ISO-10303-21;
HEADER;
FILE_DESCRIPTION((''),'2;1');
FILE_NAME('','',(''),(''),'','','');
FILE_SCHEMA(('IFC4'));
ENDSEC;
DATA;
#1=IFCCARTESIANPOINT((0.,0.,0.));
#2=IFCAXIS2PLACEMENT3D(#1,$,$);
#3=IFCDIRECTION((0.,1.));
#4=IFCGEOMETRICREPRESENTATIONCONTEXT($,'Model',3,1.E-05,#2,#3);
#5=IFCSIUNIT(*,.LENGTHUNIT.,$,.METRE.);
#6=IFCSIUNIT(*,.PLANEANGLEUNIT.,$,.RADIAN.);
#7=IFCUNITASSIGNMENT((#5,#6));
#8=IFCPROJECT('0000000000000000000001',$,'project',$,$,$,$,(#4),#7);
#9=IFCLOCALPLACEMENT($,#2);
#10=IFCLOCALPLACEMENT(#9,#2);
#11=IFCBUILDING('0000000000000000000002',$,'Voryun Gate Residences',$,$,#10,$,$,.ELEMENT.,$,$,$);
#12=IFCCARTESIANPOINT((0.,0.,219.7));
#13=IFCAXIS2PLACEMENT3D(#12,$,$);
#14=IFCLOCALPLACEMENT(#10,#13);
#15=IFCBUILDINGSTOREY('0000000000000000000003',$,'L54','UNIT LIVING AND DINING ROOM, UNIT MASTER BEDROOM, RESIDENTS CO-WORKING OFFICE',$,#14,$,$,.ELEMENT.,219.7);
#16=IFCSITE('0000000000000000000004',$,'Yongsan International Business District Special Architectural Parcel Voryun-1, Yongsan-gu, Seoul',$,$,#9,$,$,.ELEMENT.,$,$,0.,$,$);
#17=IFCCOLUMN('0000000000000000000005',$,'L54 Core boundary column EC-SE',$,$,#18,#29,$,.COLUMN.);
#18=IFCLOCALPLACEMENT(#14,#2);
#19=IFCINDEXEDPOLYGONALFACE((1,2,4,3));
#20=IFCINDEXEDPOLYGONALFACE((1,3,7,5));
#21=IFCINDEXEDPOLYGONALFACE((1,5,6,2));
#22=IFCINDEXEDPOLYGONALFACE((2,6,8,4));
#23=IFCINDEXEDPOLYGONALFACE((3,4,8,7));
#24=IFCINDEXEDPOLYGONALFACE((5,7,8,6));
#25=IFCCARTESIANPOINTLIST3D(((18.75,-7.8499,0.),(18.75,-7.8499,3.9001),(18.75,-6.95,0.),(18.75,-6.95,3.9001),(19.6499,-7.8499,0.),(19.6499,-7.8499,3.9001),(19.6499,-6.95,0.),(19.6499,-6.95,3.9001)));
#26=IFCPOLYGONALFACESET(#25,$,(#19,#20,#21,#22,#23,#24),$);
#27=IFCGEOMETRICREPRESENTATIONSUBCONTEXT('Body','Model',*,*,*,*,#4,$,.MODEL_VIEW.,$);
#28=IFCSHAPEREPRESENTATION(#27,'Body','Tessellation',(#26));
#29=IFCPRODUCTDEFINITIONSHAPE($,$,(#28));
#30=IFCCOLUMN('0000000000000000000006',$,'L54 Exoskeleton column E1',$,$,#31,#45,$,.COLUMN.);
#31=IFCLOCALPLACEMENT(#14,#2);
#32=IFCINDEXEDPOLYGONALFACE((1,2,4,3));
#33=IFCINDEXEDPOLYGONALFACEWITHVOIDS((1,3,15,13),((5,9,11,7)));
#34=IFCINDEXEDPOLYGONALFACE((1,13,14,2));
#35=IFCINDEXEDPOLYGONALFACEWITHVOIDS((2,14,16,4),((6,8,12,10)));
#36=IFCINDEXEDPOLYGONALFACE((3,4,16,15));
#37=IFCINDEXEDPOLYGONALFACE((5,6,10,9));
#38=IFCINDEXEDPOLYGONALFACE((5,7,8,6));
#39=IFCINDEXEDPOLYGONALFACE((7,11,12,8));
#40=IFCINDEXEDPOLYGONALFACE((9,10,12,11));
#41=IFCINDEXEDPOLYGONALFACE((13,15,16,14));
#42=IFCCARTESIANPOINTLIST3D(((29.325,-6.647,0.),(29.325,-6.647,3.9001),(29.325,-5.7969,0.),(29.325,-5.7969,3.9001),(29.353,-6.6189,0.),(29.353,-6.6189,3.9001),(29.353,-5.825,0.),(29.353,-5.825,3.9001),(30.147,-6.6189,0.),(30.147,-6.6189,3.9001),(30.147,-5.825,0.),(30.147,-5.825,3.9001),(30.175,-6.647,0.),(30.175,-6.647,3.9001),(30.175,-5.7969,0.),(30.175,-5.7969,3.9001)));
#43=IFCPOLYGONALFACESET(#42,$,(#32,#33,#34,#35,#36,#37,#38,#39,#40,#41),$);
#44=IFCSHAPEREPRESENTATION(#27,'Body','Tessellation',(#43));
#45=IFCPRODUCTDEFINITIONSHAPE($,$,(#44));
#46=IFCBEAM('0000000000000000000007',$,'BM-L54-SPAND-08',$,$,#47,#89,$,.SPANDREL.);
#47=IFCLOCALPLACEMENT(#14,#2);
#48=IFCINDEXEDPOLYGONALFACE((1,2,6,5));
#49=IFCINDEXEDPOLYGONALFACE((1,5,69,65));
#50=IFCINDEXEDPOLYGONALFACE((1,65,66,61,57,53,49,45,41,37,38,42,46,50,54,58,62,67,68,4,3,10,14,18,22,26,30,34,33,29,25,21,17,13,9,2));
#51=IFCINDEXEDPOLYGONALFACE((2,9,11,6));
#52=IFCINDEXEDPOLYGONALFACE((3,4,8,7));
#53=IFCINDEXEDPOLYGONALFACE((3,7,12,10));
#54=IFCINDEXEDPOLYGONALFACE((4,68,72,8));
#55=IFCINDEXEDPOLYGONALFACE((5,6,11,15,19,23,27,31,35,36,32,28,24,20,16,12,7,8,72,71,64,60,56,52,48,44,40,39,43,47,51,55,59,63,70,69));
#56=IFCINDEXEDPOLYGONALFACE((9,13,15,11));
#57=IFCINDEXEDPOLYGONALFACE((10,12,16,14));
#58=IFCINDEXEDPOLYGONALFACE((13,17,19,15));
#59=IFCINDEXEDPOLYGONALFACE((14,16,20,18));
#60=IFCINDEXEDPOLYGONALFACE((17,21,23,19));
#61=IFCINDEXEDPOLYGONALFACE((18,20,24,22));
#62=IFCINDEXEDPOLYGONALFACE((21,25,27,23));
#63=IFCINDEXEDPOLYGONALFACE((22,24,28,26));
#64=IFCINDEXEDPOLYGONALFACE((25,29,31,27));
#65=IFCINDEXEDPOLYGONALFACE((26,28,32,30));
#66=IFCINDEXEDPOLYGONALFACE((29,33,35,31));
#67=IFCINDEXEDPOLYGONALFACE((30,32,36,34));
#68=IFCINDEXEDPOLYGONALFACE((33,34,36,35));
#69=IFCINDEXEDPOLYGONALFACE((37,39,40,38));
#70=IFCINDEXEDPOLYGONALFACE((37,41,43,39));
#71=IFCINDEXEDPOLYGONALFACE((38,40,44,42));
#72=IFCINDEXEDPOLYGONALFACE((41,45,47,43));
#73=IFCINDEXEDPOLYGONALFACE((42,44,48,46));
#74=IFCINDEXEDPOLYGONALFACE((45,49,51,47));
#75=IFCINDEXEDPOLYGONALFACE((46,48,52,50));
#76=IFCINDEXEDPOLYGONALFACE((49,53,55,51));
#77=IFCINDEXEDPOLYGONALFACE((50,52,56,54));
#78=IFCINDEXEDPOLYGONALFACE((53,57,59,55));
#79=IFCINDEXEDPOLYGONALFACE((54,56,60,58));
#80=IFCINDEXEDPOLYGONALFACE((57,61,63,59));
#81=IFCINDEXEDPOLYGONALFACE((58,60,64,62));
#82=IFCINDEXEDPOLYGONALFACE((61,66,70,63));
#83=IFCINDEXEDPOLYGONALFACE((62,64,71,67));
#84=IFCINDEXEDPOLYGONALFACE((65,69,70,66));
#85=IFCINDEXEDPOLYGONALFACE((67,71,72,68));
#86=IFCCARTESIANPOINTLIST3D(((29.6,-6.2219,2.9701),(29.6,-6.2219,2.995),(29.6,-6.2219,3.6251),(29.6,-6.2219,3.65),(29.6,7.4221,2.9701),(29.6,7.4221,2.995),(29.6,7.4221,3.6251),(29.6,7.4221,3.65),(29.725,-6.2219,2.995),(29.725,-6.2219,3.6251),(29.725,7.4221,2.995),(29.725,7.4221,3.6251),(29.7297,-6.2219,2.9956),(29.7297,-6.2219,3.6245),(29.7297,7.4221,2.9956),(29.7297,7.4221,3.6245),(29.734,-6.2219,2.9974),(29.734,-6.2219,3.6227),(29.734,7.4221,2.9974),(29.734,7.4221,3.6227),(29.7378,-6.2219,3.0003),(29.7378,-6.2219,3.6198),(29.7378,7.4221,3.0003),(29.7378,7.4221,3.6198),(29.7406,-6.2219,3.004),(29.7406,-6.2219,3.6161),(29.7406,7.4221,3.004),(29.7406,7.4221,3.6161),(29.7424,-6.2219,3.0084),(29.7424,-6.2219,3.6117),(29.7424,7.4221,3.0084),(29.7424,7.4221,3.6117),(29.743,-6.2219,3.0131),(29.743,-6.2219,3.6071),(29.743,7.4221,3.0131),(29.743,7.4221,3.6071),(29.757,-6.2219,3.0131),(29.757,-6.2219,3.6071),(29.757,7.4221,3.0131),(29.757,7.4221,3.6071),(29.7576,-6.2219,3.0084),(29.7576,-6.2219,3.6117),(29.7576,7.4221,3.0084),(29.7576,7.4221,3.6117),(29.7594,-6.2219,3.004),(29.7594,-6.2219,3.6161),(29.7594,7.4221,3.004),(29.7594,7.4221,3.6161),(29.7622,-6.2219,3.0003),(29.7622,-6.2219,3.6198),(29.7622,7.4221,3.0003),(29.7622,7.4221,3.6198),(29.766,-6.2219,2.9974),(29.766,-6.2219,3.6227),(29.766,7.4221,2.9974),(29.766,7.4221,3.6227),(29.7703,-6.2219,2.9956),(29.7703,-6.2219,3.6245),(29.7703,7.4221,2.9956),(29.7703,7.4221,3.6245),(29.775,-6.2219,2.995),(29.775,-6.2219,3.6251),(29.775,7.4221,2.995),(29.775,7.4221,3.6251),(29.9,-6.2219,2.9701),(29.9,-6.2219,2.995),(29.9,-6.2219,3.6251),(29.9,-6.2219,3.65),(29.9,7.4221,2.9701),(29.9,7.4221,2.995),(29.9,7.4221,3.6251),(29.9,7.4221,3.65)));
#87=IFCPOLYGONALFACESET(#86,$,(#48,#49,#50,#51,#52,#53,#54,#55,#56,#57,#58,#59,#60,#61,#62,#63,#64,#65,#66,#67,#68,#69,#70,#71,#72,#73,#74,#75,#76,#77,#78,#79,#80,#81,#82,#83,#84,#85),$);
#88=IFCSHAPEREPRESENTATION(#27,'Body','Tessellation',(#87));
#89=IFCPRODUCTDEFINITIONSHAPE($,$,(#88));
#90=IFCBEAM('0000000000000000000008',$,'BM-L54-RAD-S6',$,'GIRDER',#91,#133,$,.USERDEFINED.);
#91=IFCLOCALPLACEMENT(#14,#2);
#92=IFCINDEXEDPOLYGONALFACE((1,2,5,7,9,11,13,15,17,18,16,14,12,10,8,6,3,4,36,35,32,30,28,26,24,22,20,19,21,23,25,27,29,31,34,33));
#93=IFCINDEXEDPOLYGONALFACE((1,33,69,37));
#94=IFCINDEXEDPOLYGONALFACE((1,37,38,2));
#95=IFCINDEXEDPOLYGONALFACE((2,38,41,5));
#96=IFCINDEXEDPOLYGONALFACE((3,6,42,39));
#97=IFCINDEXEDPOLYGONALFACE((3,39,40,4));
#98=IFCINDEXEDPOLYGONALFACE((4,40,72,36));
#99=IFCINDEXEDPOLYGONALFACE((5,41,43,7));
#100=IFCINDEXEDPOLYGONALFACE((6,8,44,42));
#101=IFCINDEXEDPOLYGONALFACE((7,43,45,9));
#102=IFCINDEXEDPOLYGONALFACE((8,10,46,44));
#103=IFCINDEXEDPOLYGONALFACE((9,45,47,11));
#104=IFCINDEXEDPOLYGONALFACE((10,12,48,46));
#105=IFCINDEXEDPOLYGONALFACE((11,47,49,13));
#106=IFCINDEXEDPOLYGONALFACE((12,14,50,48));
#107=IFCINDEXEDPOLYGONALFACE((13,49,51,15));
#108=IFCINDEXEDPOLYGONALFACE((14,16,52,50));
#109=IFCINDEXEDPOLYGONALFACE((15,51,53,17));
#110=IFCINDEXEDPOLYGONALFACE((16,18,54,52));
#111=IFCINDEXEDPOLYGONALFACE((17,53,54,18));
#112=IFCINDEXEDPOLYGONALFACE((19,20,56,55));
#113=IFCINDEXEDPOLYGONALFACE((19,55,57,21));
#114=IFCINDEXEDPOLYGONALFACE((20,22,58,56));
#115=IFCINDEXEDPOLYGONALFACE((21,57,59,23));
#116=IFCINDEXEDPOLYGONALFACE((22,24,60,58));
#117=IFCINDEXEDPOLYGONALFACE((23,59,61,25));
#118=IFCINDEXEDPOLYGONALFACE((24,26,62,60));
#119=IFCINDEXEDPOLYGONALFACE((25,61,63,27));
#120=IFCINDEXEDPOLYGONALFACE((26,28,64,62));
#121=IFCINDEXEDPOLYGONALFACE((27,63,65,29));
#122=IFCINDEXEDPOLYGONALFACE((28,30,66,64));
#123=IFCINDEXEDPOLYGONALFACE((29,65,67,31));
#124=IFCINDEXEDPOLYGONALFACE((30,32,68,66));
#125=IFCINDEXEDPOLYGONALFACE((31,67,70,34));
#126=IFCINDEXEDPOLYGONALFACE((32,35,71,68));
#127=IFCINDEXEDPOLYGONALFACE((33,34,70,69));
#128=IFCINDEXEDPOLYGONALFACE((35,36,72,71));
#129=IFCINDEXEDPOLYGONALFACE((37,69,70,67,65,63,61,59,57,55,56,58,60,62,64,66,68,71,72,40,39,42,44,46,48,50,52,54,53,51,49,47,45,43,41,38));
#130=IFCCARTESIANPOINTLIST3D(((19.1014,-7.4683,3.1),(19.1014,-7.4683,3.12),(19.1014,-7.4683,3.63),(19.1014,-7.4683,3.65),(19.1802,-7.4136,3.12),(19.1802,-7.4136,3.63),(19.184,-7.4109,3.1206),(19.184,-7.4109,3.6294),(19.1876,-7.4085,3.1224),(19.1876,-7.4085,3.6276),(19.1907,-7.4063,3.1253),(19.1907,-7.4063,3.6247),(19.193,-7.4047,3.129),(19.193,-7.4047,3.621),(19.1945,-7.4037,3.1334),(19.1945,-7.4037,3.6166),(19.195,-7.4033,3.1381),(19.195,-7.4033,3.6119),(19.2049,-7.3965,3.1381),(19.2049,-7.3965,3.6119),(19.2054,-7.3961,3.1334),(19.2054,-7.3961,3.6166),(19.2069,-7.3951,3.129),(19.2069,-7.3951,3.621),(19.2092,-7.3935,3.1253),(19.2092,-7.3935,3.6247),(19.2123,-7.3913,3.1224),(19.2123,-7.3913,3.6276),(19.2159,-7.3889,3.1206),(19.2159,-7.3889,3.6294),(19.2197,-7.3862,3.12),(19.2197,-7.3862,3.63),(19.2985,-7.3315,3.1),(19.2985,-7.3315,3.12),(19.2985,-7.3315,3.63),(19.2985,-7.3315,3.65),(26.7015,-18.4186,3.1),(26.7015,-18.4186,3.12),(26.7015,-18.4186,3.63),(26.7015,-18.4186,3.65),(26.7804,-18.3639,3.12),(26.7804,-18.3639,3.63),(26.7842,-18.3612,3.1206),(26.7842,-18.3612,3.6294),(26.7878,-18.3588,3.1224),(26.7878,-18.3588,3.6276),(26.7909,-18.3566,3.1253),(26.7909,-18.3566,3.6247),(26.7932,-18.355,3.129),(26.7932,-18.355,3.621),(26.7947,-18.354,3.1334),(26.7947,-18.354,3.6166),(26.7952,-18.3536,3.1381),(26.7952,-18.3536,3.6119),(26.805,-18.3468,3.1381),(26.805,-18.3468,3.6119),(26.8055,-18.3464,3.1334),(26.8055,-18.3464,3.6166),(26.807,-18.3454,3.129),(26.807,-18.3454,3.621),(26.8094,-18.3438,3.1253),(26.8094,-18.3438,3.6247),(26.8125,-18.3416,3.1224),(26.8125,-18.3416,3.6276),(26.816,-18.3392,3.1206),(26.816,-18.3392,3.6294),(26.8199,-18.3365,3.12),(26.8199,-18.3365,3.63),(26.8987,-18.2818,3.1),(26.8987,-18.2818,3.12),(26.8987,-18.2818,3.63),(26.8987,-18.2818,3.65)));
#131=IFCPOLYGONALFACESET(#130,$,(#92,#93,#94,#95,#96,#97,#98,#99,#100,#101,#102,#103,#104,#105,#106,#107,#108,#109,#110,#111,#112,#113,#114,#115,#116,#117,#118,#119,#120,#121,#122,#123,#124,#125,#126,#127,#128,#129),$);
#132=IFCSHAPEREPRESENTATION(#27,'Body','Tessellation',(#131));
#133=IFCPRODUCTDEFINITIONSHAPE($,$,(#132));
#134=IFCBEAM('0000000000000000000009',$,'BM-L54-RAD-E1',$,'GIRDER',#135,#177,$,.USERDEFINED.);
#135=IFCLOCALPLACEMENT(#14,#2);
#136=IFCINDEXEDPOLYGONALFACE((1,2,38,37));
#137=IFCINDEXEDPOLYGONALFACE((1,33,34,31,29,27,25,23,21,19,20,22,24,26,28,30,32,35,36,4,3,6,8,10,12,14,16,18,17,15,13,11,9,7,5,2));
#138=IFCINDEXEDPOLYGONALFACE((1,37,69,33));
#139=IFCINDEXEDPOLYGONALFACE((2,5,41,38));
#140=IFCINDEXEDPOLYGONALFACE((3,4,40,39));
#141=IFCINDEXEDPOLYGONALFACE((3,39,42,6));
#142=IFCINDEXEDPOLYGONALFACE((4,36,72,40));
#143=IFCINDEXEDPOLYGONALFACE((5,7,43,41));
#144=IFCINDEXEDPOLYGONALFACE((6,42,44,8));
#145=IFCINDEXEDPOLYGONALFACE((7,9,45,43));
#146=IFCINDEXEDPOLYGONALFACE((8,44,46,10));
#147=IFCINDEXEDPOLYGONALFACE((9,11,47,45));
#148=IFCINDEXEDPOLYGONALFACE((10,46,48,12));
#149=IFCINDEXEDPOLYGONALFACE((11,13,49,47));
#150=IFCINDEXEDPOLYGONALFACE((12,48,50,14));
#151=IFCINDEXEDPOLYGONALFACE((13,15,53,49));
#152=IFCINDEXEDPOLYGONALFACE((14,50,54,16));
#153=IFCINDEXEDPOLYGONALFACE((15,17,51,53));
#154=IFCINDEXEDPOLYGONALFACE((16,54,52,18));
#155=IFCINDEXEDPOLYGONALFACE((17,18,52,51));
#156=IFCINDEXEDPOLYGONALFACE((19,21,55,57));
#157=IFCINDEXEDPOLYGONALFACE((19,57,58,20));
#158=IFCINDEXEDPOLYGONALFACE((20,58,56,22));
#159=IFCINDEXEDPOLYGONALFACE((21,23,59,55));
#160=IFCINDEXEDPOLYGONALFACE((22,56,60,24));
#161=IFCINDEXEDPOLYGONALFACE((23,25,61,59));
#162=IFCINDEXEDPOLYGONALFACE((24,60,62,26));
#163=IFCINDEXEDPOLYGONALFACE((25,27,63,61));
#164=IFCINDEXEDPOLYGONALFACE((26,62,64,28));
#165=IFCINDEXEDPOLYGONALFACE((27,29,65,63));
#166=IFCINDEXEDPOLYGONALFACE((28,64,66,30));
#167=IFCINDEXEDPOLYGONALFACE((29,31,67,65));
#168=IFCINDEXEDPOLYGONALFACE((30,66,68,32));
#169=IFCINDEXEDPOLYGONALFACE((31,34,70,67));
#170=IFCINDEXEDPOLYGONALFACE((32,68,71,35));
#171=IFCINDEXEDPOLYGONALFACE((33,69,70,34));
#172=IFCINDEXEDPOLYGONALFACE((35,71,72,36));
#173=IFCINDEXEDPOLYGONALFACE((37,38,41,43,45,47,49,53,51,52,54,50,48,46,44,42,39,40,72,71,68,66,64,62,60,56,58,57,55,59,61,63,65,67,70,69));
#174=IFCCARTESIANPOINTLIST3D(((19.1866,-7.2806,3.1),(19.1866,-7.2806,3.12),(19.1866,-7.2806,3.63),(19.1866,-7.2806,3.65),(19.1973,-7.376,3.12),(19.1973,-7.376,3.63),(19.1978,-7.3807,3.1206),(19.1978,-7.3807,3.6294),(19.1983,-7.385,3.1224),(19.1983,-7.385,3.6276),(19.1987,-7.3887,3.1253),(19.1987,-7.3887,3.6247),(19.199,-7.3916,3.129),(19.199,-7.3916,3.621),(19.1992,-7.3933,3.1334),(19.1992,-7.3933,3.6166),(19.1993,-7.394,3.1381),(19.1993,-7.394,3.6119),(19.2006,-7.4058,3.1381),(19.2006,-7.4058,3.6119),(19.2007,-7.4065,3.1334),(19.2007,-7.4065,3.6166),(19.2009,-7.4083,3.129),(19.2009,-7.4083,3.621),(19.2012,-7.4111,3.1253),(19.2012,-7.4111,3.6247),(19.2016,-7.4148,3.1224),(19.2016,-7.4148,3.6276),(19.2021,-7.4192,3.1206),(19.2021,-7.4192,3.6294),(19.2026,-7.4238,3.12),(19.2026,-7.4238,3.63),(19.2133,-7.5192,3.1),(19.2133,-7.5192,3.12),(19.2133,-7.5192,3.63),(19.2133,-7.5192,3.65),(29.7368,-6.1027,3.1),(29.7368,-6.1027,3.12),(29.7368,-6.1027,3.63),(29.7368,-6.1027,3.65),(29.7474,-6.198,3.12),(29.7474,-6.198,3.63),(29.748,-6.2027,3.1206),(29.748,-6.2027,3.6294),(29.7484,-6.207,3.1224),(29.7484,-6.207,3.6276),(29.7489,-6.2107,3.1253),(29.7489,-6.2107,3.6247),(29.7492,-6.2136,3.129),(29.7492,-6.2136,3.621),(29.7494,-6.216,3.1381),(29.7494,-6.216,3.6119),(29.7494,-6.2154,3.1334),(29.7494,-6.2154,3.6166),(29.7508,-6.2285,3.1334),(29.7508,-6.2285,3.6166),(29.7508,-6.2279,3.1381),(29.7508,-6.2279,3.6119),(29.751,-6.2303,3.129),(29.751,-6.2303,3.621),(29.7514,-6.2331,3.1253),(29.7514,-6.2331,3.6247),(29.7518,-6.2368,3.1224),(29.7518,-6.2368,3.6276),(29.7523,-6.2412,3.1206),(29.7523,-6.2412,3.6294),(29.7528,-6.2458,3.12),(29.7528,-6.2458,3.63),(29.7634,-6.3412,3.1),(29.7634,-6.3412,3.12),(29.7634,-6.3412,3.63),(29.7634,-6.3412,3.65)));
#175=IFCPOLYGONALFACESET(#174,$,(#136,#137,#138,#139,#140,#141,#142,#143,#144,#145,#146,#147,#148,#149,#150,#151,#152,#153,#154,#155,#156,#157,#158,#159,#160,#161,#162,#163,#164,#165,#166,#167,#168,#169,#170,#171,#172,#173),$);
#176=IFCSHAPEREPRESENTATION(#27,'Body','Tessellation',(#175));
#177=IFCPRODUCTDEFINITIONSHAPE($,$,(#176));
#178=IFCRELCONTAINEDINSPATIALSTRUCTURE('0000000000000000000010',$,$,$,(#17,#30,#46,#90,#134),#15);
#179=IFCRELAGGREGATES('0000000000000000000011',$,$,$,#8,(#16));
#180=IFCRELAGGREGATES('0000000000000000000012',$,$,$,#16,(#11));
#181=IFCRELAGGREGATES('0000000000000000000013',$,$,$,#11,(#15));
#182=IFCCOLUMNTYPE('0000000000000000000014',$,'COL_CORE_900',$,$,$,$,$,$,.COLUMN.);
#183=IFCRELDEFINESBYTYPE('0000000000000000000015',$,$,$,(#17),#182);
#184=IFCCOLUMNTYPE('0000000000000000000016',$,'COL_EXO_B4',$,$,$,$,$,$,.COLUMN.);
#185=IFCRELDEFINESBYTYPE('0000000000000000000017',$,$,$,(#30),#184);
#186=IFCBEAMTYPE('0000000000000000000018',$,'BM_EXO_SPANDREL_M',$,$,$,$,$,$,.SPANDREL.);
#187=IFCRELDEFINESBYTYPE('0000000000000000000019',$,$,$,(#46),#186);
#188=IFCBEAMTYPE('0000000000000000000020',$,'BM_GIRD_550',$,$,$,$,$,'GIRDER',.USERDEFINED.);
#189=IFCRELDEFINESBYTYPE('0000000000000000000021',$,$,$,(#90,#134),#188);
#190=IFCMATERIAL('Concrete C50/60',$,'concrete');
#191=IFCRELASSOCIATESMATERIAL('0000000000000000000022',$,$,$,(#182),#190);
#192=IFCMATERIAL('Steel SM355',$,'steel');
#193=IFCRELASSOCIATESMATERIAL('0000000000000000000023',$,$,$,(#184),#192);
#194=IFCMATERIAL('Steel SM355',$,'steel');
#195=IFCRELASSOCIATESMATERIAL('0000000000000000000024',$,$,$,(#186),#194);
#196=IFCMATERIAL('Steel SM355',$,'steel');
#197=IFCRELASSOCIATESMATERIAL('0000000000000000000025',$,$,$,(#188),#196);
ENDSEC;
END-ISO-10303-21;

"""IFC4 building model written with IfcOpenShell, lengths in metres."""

from ifc_helpers import new_model, si_unit, direction, frame, origin, origin_2d, place, context, subcontext, project, spatial, rectangle, hollow_rectangle, i_section, extrude, material, material_profile, profile_set, type_object, element, save


model = new_model("IFC4")

# Units and contexts
model_context = context("Model", 3, precision=1e-05, world=origin(), true_north=direction((0.0, 1.0)))
body_context = subcontext(model_context, "Body", "Model", "MODEL_VIEW")
ifc_project = project(units=[si_unit("LENGTHUNIT", "METRE"), si_unit("PLANEANGLEUNIT", "RADIAN")], contexts=[model_context])

# Site, building, storey
site_placement = place(None, origin())
site = spatial("IfcSite", under=ifc_project, at=site_placement, Name="Yongsan International Business District Special Architectural Parcel Voryun-1, Yongsan-gu, Seoul", CompositionType="ELEMENT", RefElevation=0.0)
building_placement = place(site_placement, origin())
building = spatial("IfcBuilding", under=site, at=building_placement, Name="Voryun Gate Residences", CompositionType="ELEMENT")
storey_placement = place(building_placement, frame((0.0, 0.0, 219.7)))
storey = spatial("IfcBuildingStorey", under=building, at=storey_placement, Name="L54", Description="UNIT LIVING AND DINING ROOM, UNIT MASTER BEDROOM, RESIDENTS CO-WORKING OFFICE", CompositionType="ELEMENT", Elevation=219.7)

# Columns
ifc_material_1 = material(Name="Concrete C50/60", Category="concrete")
ifc_material_profile_1 = material_profile(ifc_material_1, rectangle(XDim=0.8999, YDim=0.8999, at=origin_2d()), Name="RC-900x900")
ifc_profile_set_1 = profile_set([ifc_material_profile_1], Name="Concrete C50/60")
column_type_1 = type_object("IfcColumnType", Name="COL_CORE_900", PredefinedType="COLUMN", material=ifc_profile_set_1)
column_1_placement = place(storey_placement, frame((19.2, -7.3999, 0.0), z_axis=(0.0, 0.0, 1.0), x_axis=(1.0, 0.0, 0.0)))
element("IfcColumn", 1, at=column_1_placement, inside=storey, type_object=column_type_1, Name="L54 Core boundary column EC-SE", PredefinedType="COLUMN", context=body_context, shape_type="SweptSolid", body=[
    extrude(rectangle(XDim=0.8999, YDim=0.8999, at=origin_2d()), origin(), (0.0, 0.0, 1.0), 3.9001),
])
ifc_material_2 = material(Name="Steel SM355", Category="steel")
ifc_material_profile_2 = material_profile(ifc_material_2, hollow_rectangle(XDim=0.8501, YDim=0.8501, WallThickness=0.0281, at=origin_2d()), Name="BOX-850x850x28")
ifc_profile_set_2 = profile_set([ifc_material_profile_2], Name="Steel SM355")
column_type_2 = type_object("IfcColumnType", Name="COL_EXO_B4", PredefinedType="COLUMN", material=ifc_profile_set_2)
column_2_placement = place(storey_placement, frame((29.75, -6.2219, 0.0), z_axis=(0.0, 0.0, 1.0), x_axis=(1.0, 0.0, 0.0)))
element("IfcColumn", 2, at=column_2_placement, inside=storey, type_object=column_type_2, Name="L54 Exoskeleton column E1", PredefinedType="COLUMN", context=body_context, shape_type="SweptSolid", body=[
    extrude(hollow_rectangle(XDim=0.8501, YDim=0.8501, WallThickness=0.0281, at=origin_2d()), origin(), (0.0, 0.0, 1.0), 3.9001),
])

# Beams
ifc_material_3 = material(Name="Steel SM355", Category="steel")
ifc_material_profile_3 = material_profile(ifc_material_3, i_section(OverallWidth=0.3, OverallDepth=0.6799, WebThickness=0.0139, FlangeThickness=0.0249, FilletRadius=0.0181, at=origin_2d()), Name="H-680x300x14x25")
ifc_profile_set_3 = profile_set([ifc_material_profile_3], Name="Steel SM355")
beam_type_1 = type_object("IfcBeamType", Name="BM_EXO_SPANDREL_M", PredefinedType="SPANDREL", material=ifc_profile_set_3)
beam_1_placement = place(storey_placement, frame((29.75, -6.2219, 3.3101), z_axis=(0.0, 1.0, 0.0), x_axis=(-1.0, 0.0, 0.0)))
element("IfcBeam", 3, at=beam_1_placement, inside=storey, type_object=beam_type_1, Name="BM-L54-SPAND-08", PredefinedType="SPANDREL", context=body_context, shape_type="SweptSolid", body=[
    extrude(i_section(OverallWidth=0.3, OverallDepth=0.6799, WebThickness=0.0139, FlangeThickness=0.0249, FilletRadius=0.0181, at=origin_2d()), origin(), (0.0, 0.0, 1.0), 13.644),
])
ifc_material_4 = material(Name="Steel SM355", Category="steel")
ifc_material_profile_4 = material_profile(ifc_material_4, i_section(OverallWidth=0.24, OverallDepth=0.55, WebThickness=0.012, FlangeThickness=0.02, FilletRadius=0.0181, at=origin_2d()), Name="H-550x240x12x20")
ifc_profile_set_4 = profile_set([ifc_material_profile_4], Name="Steel SM355")
beam_type_2 = type_object("IfcBeamType", Name="BM_GIRD_550", ElementType="GIRDER", PredefinedType="USERDEFINED", material=ifc_profile_set_4)
beam_2_placement = place(storey_placement, frame((19.2, -7.3999, 3.375), z_axis=(0.570183, -0.821518, 0.0), x_axis=(0.821518, 0.570183, 0.0)))
element("IfcBeam", 4, at=beam_2_placement, inside=storey, type_object=beam_type_2, Name="BM-L54-RAD-S6", ObjectType="GIRDER", PredefinedType="USERDEFINED", context=body_context, shape_type="SweptSolid", body=[
    extrude(i_section(OverallWidth=0.24, OverallDepth=0.55, WebThickness=0.012, FlangeThickness=0.02, FilletRadius=0.0181, at=origin_2d()), origin(), (0.0, 0.0, 1.0), 13.3293),
])
beam_3_placement = place(storey_placement, frame((19.2, -7.3999, 3.375), z_axis=(0.993824, 0.110967, 0.0), x_axis=(-0.110967, 0.993824, 0.0)))
element("IfcBeam", 5, at=beam_3_placement, inside=storey, type_object=beam_type_2, Name="BM-L54-RAD-E1", ObjectType="GIRDER", PredefinedType="USERDEFINED", context=body_context, shape_type="SweptSolid", body=[
    extrude(i_section(OverallWidth=0.24, OverallDepth=0.55, WebThickness=0.012, FlangeThickness=0.02, FilletRadius=0.0181, at=origin_2d()), origin(), (0.0, 0.0, 1.0), 10.6157),
])

save(model, "model.ifc")
